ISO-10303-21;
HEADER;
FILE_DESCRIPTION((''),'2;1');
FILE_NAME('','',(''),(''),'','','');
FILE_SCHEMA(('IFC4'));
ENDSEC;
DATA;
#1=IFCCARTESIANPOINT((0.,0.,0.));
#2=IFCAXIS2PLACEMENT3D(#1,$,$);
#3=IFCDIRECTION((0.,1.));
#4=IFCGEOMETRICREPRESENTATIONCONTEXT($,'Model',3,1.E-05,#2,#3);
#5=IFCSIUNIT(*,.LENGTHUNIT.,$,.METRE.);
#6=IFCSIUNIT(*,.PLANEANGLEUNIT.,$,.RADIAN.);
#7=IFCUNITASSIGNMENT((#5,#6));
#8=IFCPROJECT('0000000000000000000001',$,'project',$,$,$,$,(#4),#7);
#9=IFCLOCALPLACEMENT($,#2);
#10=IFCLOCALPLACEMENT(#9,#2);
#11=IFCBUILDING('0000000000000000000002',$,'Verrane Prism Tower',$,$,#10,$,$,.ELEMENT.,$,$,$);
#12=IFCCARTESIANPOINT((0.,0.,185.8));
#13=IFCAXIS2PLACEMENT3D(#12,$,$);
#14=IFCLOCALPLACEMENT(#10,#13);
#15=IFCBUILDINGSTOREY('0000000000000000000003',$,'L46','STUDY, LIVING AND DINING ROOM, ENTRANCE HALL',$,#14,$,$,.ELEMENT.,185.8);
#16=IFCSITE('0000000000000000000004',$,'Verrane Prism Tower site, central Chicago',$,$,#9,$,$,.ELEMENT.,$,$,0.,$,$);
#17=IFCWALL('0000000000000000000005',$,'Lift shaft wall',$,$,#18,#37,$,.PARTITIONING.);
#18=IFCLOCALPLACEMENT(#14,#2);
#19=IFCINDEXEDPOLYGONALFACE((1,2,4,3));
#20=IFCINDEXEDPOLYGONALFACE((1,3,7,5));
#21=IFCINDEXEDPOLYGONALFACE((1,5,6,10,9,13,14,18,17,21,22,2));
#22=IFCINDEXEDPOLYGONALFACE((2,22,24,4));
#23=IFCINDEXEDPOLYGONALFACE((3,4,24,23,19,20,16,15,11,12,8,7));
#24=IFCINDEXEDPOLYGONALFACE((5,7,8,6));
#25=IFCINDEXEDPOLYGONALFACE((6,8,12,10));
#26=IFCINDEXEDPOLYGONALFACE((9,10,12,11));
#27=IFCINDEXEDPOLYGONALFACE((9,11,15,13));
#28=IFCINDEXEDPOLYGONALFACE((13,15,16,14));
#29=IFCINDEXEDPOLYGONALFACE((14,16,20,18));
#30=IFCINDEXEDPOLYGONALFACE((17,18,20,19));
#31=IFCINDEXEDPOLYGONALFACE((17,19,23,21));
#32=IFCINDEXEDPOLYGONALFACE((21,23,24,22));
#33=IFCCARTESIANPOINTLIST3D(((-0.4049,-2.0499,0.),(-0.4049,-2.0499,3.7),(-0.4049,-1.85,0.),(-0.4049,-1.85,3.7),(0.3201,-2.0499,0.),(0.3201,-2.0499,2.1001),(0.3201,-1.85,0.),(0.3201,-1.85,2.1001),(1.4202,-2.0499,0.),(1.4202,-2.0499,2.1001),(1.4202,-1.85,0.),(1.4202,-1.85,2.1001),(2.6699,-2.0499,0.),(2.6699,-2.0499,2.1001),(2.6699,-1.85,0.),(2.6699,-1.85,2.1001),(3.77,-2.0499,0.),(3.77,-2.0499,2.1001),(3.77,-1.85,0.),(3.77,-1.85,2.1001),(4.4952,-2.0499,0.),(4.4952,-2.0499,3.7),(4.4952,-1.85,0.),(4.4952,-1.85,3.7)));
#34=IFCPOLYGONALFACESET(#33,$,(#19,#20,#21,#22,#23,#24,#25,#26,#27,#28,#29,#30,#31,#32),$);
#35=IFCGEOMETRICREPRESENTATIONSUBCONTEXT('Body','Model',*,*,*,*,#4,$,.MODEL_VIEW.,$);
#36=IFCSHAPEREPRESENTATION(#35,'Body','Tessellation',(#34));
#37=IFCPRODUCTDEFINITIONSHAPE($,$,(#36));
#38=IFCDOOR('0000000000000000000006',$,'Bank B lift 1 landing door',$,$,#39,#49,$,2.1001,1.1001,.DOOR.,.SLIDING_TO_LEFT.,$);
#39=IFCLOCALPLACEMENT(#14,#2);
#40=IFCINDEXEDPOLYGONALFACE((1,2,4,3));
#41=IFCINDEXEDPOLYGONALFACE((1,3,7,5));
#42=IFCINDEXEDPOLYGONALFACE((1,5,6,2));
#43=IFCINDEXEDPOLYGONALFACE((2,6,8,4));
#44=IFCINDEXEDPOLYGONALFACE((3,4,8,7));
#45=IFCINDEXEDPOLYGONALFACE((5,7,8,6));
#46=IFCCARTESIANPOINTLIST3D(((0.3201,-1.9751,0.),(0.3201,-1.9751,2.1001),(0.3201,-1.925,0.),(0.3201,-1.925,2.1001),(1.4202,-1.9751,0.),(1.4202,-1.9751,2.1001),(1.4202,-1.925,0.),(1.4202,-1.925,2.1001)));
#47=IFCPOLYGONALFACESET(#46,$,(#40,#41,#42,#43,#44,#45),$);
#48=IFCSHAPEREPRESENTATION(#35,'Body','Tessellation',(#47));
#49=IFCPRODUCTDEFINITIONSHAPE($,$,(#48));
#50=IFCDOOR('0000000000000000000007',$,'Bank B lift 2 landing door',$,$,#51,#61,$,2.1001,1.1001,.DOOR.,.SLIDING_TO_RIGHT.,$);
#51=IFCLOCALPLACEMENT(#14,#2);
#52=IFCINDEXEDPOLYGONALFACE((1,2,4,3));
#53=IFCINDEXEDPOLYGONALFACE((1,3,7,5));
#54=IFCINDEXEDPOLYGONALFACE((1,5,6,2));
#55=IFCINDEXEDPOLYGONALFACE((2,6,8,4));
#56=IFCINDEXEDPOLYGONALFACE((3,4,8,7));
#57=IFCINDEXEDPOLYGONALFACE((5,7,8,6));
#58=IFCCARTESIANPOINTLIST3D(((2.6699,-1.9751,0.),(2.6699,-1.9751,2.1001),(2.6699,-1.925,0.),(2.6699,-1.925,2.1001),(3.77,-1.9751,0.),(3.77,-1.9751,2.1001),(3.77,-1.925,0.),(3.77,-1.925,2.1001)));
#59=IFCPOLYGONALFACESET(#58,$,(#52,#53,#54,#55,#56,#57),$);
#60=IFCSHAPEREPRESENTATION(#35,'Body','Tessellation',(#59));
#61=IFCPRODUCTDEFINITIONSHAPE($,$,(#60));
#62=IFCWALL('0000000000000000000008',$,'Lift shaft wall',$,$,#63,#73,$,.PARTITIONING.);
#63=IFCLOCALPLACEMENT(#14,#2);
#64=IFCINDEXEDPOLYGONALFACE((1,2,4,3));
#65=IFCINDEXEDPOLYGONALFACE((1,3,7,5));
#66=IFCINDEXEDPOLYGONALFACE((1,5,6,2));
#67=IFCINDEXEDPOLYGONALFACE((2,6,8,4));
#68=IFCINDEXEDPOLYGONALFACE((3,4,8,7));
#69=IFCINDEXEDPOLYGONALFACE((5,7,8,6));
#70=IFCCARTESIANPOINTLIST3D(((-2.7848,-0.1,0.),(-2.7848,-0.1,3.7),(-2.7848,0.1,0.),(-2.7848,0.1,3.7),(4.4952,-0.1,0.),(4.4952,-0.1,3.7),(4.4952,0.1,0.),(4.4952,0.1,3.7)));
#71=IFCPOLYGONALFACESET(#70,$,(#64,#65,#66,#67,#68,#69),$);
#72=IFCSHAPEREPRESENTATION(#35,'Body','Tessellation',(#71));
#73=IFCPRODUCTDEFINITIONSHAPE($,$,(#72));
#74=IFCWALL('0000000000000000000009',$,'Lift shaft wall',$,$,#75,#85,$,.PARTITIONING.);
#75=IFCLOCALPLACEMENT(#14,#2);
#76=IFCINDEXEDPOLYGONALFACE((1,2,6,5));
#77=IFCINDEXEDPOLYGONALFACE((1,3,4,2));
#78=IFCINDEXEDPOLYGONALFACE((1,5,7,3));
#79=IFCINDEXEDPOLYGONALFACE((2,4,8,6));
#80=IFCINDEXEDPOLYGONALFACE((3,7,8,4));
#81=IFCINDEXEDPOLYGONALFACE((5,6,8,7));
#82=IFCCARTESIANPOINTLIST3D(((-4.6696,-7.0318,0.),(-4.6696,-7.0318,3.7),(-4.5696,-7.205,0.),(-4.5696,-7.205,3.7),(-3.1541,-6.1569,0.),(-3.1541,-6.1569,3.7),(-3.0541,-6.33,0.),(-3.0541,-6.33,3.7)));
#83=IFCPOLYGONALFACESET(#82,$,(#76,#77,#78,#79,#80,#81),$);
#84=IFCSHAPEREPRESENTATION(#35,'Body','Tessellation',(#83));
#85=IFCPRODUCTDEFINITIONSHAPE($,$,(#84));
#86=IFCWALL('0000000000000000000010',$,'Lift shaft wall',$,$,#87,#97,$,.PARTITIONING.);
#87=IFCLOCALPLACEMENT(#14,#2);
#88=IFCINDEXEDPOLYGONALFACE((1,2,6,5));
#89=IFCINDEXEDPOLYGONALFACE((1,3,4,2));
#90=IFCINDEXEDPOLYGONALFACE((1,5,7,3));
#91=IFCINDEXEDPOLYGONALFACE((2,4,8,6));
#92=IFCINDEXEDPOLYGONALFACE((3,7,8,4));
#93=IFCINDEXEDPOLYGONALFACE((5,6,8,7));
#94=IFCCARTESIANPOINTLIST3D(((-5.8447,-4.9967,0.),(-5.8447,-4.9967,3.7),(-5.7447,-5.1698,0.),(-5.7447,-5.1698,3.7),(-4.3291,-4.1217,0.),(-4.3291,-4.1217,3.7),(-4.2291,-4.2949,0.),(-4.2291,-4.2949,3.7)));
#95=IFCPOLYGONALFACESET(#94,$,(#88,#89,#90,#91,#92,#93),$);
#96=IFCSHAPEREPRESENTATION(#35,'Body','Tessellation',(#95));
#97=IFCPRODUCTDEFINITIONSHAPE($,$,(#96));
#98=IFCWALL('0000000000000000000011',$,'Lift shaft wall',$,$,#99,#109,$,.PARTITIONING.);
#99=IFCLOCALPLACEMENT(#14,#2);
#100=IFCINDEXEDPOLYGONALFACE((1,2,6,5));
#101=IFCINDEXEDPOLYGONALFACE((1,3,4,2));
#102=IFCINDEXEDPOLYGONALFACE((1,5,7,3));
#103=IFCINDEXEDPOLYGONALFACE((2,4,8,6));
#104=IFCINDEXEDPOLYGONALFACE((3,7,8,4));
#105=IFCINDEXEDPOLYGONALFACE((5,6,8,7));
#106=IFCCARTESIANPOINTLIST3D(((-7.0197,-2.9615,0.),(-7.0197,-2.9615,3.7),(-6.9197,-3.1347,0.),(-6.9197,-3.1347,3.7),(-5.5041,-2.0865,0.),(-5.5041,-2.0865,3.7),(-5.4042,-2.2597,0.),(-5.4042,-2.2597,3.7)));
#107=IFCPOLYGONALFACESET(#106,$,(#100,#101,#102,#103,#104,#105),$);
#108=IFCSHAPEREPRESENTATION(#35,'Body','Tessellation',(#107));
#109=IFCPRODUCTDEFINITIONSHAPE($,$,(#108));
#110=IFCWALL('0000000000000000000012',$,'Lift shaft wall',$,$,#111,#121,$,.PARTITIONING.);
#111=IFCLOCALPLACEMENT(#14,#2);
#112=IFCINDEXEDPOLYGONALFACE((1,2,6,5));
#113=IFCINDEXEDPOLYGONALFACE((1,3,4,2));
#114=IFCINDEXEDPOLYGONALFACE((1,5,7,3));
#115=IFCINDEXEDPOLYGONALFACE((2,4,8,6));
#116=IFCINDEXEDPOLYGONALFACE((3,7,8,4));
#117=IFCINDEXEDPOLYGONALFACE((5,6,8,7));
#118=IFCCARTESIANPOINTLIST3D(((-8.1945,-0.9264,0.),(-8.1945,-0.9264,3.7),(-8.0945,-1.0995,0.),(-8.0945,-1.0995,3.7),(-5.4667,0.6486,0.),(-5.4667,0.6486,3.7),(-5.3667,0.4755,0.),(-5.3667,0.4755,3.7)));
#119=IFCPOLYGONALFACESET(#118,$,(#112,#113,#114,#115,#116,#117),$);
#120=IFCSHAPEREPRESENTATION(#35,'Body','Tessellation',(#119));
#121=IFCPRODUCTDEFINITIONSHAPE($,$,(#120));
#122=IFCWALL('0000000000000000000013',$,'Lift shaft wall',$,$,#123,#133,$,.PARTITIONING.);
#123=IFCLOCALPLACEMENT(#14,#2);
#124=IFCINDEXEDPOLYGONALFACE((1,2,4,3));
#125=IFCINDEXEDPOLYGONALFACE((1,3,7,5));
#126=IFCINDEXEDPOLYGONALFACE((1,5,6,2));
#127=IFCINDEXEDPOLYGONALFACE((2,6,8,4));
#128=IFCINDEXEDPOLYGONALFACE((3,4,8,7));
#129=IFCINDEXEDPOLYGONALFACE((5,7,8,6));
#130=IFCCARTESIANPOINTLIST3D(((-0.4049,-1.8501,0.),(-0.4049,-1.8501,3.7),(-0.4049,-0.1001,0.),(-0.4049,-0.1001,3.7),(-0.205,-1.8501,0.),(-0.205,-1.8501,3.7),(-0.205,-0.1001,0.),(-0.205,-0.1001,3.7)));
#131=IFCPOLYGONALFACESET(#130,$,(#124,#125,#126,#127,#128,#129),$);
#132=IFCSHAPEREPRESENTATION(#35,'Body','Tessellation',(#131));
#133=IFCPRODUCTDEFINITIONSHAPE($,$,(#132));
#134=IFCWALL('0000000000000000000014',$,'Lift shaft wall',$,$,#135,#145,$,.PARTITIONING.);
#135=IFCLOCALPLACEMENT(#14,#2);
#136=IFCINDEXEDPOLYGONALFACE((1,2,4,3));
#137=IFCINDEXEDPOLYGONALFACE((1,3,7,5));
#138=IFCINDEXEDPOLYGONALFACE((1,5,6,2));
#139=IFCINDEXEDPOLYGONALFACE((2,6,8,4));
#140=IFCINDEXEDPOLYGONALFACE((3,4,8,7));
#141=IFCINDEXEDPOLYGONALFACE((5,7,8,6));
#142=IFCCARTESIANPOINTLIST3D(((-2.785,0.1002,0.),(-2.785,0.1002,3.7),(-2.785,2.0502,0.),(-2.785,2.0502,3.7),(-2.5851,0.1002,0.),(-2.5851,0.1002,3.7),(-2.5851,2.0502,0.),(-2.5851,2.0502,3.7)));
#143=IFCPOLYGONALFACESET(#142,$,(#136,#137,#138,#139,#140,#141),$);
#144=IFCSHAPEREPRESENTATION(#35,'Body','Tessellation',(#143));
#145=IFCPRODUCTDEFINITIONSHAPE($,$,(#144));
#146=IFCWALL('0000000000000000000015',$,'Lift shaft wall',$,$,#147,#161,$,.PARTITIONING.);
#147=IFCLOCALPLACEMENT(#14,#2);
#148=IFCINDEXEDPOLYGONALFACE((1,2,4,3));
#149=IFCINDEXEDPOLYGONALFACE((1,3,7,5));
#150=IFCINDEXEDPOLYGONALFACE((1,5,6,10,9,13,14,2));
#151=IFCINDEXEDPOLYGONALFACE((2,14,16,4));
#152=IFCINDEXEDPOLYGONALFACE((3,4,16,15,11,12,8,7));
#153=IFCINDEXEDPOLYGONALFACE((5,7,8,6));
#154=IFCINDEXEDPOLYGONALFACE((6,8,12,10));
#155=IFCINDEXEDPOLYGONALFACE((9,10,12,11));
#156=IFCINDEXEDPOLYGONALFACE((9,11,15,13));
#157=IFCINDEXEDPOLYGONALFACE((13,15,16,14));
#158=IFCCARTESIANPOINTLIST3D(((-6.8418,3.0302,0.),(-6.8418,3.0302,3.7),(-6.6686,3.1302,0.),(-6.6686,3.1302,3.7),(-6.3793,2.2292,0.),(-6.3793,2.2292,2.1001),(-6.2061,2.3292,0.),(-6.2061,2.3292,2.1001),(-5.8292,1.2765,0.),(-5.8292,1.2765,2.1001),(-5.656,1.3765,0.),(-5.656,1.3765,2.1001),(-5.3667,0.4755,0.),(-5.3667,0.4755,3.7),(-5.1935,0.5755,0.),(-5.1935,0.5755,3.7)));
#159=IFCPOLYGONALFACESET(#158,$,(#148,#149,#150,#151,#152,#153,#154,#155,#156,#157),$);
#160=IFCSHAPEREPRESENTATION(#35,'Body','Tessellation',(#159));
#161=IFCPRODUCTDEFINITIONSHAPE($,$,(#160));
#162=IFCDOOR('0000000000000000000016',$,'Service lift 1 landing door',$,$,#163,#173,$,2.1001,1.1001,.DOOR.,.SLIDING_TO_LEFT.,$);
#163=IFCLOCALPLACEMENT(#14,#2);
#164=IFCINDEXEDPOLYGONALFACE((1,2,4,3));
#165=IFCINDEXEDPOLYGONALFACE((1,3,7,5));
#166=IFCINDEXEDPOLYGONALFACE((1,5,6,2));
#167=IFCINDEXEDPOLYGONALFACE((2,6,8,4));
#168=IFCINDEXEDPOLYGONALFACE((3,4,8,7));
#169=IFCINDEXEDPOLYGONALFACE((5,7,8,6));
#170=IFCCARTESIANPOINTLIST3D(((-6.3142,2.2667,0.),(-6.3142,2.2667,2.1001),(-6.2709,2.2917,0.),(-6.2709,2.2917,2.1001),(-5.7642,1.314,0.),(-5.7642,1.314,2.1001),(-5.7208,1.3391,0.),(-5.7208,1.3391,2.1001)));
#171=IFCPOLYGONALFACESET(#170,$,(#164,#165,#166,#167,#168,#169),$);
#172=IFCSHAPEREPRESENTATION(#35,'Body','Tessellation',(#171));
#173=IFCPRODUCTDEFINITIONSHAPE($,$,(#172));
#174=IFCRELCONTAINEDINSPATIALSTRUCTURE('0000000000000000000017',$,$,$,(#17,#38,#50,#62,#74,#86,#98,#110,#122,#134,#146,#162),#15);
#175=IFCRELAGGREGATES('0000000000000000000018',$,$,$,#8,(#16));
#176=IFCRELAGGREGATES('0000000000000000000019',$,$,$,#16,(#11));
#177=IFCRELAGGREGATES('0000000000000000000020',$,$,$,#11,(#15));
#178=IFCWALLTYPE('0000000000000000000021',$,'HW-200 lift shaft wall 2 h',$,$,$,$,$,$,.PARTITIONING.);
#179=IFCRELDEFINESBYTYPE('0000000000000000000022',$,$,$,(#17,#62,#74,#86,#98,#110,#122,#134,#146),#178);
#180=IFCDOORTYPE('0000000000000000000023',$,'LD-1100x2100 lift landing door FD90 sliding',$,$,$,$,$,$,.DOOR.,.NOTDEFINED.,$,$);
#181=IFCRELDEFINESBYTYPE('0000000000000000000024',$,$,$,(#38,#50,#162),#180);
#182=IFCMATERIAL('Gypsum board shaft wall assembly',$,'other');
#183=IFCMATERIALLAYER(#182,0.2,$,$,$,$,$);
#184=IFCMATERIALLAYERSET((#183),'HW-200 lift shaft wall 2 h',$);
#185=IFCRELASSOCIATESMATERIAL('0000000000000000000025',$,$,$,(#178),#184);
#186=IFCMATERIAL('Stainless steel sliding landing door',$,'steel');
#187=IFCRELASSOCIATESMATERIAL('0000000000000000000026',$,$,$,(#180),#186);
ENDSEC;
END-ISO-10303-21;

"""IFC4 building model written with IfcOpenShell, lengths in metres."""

from ifc_helpers import new_model, si_unit, direction, frame, frame_2d, origin, place, context, subcontext, project, spatial, rectangle, extrude, material, layer, layer_set, type_object, element, fill, save


model = new_model("IFC4")

# Units and contexts
model_context = context("Model", 3, precision=1e-05, world=origin(), true_north=direction((0.0, 1.0)))
body_context = subcontext(model_context, "Body", "Model", "MODEL_VIEW")
ifc_project = project(units=[si_unit("LENGTHUNIT", "METRE"), si_unit("PLANEANGLEUNIT", "RADIAN")], contexts=[model_context])

# Site, building, storey
site_placement = place(None, origin())
site = spatial("IfcSite", under=ifc_project, at=site_placement, Name="Verrane Prism Tower site, central Chicago", CompositionType="ELEMENT", RefElevation=0.0)
building_placement = place(site_placement, origin())
building = spatial("IfcBuilding", under=site, at=building_placement, Name="Verrane Prism Tower", CompositionType="ELEMENT")
storey_placement = place(building_placement, frame((0.0, 0.0, 185.8)))
storey = spatial("IfcBuildingStorey", under=building, at=storey_placement, Name="L46", Description="STUDY, LIVING AND DINING ROOM, ENTRANCE HALL", CompositionType="ELEMENT", Elevation=185.8)

# Wall, openings, doors
ifc_material_1 = material(Name="Gypsum board shaft wall assembly", Category="other")
ifc_layer_1 = layer(ifc_material_1, 0.2)
ifc_layer_set_1 = layer_set([ifc_layer_1], Name="HW-200 lift shaft wall 2 h")
wall_type_1 = type_object("IfcWallType", Name="HW-200 lift shaft wall 2 h", PredefinedType="PARTITIONING", material=ifc_layer_set_1)
wall_1_placement = place(storey_placement, frame((-0.405, -1.95, 0.0), z_axis=(0.0, 0.0, 1.0), x_axis=(1.0, 0.0, 0.0)))
wall_1 = element("IfcWall", 1, at=wall_1_placement, inside=storey, type_object=wall_type_1, Name="Lift shaft wall", PredefinedType="PARTITIONING", context=body_context, shape_type="SweptSolid", body=[
    extrude(rectangle(XDim=4.9001, YDim=0.2, at=frame_2d((2.4502, 0.0))), origin(), (0.0, 0.0, 1.0), 3.7),
])
opening_1_placement = place(wall_1_placement, frame((0.7251, 0.0, 0.0)))
opening_1 = element("IfcOpeningElement", 2, at=opening_1_placement, cuts=wall_1, PredefinedType="OPENING", context=body_context, shape_type="SweptSolid", body=[
    extrude(rectangle(XDim=1.1001, YDim=2.1001, at=frame_2d((0.55, 1.05))), frame((0.0, 0.1099, 0.0), z_axis=(0.0, -1.0, 0.0), x_axis=(1.0, 0.0, 0.0)), (0.0, 0.0, 1.0), 0.22),
])
opening_2_placement = place(wall_1_placement, frame((3.075, 0.0, 0.0)))
opening_2 = element("IfcOpeningElement", 3, at=opening_2_placement, cuts=wall_1, PredefinedType="OPENING", context=body_context, shape_type="SweptSolid", body=[
    extrude(rectangle(XDim=1.1001, YDim=2.1001, at=frame_2d((0.55, 1.05))), frame((0.0, 0.1099, 0.0), z_axis=(0.0, -1.0, 0.0), x_axis=(1.0, 0.0, 0.0)), (0.0, 0.0, 1.0), 0.22),
])
ifc_material_2 = material(Name="Stainless steel sliding landing door", Category="steel")
door_type_1 = type_object("IfcDoorType", Name="LD-1100x2100 lift landing door FD90 sliding", OperationType="NOTDEFINED", PredefinedType="DOOR", material=ifc_material_2)
door_1_placement = place(opening_1_placement, origin())
door_1 = element("IfcDoor", 4, at=door_1_placement, inside=storey, type_object=door_type_1, Name="Bank B lift 1 landing door", OperationType="SLIDING_TO_LEFT", OverallHeight=2.1001, OverallWidth=1.1001, PredefinedType="DOOR", context=body_context, shape_type="SweptSolid", body=[
    extrude(rectangle(XDim=1.1001, YDim=2.1001, at=frame_2d((0.55, 1.05))), frame((0.0, 0.0249, 0.0), z_axis=(0.0, -1.0, 0.0), x_axis=(1.0, 0.0, 0.0)), (0.0, 0.0, 1.0), 0.05),
])
fill(opening_1, door_1)
door_2_placement = place(opening_2_placement, origin())
door_2 = element("IfcDoor", 5, at=door_2_placement, inside=storey, type_object=door_type_1, Name="Bank B lift 2 landing door", OperationType="SLIDING_TO_RIGHT", OverallHeight=2.1001, OverallWidth=1.1001, PredefinedType="DOOR", context=body_context, shape_type="SweptSolid", body=[
    extrude(rectangle(XDim=1.1001, YDim=2.1001, at=frame_2d((0.55, 1.05))), frame((0.0, 0.0249, 0.0), z_axis=(0.0, -1.0, 0.0), x_axis=(1.0, 0.0, 0.0)), (0.0, 0.0, 1.0), 0.05),
])
fill(opening_2, door_2)

# Walls
wall_2_placement = place(storey_placement, frame((-2.7849, 0.0, 0.0), z_axis=(0.0, 0.0, 1.0), x_axis=(1.0, 0.0, 0.0)))
element("IfcWall", 6, at=wall_2_placement, inside=storey, type_object=wall_type_1, Name="Lift shaft wall", PredefinedType="PARTITIONING", context=body_context, shape_type="SweptSolid", body=[
    extrude(rectangle(XDim=7.28, YDim=0.2, at=frame_2d((3.6401, 0.0))), origin(), (0.0, 0.0, 1.0), 3.7),
])
for number, where, z_axis, x_axis, name in (
    (7, (-4.6196, -7.1184, 0.0), (0.0, 0.0, 1.0), (0.866037, 0.49998, 0.0), "Lift shaft wall"),
    (8, (-5.7947, -5.0833, 0.0), (0.0, 0.0, 1.0), (0.866037, 0.49998, 0.0), "Lift shaft wall"),
    (9, (-6.9697, -3.0481, 0.0), (0.0, 0.0, 1.0), (0.866037, 0.49998, 0.0), "Lift shaft wall"),
):
    element("IfcWall", number, at=place(storey_placement, frame(where, z_axis=z_axis, x_axis=x_axis)), inside=storey, type_object=wall_type_1, Name=name, PredefinedType="PARTITIONING", context=body_context, shape_type="SweptSolid", body=[
        extrude(rectangle(XDim=1.75, YDim=0.2, at=frame_2d((0.875, 0.0))), origin(), (0.0, 0.0, 1.0), 3.7),
    ])
wall_3_placement = place(storey_placement, frame((-8.1445, -1.0129, 0.0), z_axis=(0.0, 0.0, 1.0), x_axis=(0.866016, 0.500015, 0.0)))
element("IfcWall", 10, at=wall_3_placement, inside=storey, type_object=wall_type_1, Name="Lift shaft wall", PredefinedType="PARTITIONING", context=body_context, shape_type="SweptSolid", body=[
    extrude(rectangle(XDim=3.1499, YDim=0.2, at=frame_2d((1.575, 0.0))), origin(), (0.0, 0.0, 1.0), 3.7),
])
wall_4_placement = place(storey_placement, frame((-0.3049, -1.8501, 0.0), z_axis=(0.0, 0.0, 1.0), x_axis=(0.0, 1.0, 0.0)))
element("IfcWall", 11, at=wall_4_placement, inside=storey, type_object=wall_type_1, Name="Lift shaft wall", PredefinedType="PARTITIONING", context=body_context, shape_type="SweptSolid", body=[
    extrude(rectangle(XDim=1.75, YDim=0.2, at=frame_2d((0.875, 0.0))), origin(), (0.0, 0.0, 1.0), 3.7),
])
wall_5_placement = place(storey_placement, frame((-2.6851, 0.1001, 0.0), z_axis=(0.0, 0.0, 1.0), x_axis=(0.0, 1.0, 0.0)))
element("IfcWall", 12, at=wall_5_placement, inside=storey, type_object=wall_type_1, Name="Lift shaft wall", PredefinedType="PARTITIONING", context=body_context, shape_type="SweptSolid", body=[
    extrude(rectangle(XDim=1.95, YDim=0.2, at=frame_2d((0.9751, 0.0))), origin(), (0.0, 0.0, 1.0), 3.7),
])

# Wall, opening, door
wall_6_placement = place(storey_placement, frame((-5.28, 0.5254, 0.0), z_axis=(0.0, 0.0, 1.0), x_axis=(-0.500038, 0.866004, 0.0)))
wall_6 = element("IfcWall", 13, at=wall_6_placement, inside=storey, type_object=wall_type_1, Name="Lift shaft wall", PredefinedType="PARTITIONING", context=body_context, shape_type="SweptSolid", body=[
    extrude(rectangle(XDim=2.95, YDim=0.2, at=frame_2d((1.4751, 0.0))), origin(), (0.0, 0.0, 1.0), 3.7),
])
opening_3_placement = place(wall_6_placement, frame((0.925, 0.0, 0.0)))
opening_3 = element("IfcOpeningElement", 14, at=opening_3_placement, cuts=wall_6, PredefinedType="OPENING", context=body_context, shape_type="SweptSolid", body=[
    extrude(rectangle(XDim=1.1001, YDim=2.1001, at=frame_2d((0.55, 1.05))), frame((0.0, 0.1099, 0.0), z_axis=(0.0, -1.0, 0.0), x_axis=(1.0, 0.0, 0.0)), (0.0, 0.0, 1.0), 0.22),
])
door_3_placement = place(opening_3_placement, origin())
door_3 = element("IfcDoor", 15, at=door_3_placement, inside=storey, type_object=door_type_1, Name="Service lift 1 landing door", OperationType="SLIDING_TO_LEFT", OverallHeight=2.1001, OverallWidth=1.1001, PredefinedType="DOOR", context=body_context, shape_type="SweptSolid", body=[
    extrude(rectangle(XDim=1.1001, YDim=2.1001, at=frame_2d((0.55, 1.05))), frame((0.0, 0.0249, 0.0), z_axis=(0.0, -1.0, 0.0), x_axis=(1.0, 0.0, 0.0)), (0.0, 0.0, 1.0), 0.05),
])
fill(opening_3, door_3)

save(model, "model.ifc")
